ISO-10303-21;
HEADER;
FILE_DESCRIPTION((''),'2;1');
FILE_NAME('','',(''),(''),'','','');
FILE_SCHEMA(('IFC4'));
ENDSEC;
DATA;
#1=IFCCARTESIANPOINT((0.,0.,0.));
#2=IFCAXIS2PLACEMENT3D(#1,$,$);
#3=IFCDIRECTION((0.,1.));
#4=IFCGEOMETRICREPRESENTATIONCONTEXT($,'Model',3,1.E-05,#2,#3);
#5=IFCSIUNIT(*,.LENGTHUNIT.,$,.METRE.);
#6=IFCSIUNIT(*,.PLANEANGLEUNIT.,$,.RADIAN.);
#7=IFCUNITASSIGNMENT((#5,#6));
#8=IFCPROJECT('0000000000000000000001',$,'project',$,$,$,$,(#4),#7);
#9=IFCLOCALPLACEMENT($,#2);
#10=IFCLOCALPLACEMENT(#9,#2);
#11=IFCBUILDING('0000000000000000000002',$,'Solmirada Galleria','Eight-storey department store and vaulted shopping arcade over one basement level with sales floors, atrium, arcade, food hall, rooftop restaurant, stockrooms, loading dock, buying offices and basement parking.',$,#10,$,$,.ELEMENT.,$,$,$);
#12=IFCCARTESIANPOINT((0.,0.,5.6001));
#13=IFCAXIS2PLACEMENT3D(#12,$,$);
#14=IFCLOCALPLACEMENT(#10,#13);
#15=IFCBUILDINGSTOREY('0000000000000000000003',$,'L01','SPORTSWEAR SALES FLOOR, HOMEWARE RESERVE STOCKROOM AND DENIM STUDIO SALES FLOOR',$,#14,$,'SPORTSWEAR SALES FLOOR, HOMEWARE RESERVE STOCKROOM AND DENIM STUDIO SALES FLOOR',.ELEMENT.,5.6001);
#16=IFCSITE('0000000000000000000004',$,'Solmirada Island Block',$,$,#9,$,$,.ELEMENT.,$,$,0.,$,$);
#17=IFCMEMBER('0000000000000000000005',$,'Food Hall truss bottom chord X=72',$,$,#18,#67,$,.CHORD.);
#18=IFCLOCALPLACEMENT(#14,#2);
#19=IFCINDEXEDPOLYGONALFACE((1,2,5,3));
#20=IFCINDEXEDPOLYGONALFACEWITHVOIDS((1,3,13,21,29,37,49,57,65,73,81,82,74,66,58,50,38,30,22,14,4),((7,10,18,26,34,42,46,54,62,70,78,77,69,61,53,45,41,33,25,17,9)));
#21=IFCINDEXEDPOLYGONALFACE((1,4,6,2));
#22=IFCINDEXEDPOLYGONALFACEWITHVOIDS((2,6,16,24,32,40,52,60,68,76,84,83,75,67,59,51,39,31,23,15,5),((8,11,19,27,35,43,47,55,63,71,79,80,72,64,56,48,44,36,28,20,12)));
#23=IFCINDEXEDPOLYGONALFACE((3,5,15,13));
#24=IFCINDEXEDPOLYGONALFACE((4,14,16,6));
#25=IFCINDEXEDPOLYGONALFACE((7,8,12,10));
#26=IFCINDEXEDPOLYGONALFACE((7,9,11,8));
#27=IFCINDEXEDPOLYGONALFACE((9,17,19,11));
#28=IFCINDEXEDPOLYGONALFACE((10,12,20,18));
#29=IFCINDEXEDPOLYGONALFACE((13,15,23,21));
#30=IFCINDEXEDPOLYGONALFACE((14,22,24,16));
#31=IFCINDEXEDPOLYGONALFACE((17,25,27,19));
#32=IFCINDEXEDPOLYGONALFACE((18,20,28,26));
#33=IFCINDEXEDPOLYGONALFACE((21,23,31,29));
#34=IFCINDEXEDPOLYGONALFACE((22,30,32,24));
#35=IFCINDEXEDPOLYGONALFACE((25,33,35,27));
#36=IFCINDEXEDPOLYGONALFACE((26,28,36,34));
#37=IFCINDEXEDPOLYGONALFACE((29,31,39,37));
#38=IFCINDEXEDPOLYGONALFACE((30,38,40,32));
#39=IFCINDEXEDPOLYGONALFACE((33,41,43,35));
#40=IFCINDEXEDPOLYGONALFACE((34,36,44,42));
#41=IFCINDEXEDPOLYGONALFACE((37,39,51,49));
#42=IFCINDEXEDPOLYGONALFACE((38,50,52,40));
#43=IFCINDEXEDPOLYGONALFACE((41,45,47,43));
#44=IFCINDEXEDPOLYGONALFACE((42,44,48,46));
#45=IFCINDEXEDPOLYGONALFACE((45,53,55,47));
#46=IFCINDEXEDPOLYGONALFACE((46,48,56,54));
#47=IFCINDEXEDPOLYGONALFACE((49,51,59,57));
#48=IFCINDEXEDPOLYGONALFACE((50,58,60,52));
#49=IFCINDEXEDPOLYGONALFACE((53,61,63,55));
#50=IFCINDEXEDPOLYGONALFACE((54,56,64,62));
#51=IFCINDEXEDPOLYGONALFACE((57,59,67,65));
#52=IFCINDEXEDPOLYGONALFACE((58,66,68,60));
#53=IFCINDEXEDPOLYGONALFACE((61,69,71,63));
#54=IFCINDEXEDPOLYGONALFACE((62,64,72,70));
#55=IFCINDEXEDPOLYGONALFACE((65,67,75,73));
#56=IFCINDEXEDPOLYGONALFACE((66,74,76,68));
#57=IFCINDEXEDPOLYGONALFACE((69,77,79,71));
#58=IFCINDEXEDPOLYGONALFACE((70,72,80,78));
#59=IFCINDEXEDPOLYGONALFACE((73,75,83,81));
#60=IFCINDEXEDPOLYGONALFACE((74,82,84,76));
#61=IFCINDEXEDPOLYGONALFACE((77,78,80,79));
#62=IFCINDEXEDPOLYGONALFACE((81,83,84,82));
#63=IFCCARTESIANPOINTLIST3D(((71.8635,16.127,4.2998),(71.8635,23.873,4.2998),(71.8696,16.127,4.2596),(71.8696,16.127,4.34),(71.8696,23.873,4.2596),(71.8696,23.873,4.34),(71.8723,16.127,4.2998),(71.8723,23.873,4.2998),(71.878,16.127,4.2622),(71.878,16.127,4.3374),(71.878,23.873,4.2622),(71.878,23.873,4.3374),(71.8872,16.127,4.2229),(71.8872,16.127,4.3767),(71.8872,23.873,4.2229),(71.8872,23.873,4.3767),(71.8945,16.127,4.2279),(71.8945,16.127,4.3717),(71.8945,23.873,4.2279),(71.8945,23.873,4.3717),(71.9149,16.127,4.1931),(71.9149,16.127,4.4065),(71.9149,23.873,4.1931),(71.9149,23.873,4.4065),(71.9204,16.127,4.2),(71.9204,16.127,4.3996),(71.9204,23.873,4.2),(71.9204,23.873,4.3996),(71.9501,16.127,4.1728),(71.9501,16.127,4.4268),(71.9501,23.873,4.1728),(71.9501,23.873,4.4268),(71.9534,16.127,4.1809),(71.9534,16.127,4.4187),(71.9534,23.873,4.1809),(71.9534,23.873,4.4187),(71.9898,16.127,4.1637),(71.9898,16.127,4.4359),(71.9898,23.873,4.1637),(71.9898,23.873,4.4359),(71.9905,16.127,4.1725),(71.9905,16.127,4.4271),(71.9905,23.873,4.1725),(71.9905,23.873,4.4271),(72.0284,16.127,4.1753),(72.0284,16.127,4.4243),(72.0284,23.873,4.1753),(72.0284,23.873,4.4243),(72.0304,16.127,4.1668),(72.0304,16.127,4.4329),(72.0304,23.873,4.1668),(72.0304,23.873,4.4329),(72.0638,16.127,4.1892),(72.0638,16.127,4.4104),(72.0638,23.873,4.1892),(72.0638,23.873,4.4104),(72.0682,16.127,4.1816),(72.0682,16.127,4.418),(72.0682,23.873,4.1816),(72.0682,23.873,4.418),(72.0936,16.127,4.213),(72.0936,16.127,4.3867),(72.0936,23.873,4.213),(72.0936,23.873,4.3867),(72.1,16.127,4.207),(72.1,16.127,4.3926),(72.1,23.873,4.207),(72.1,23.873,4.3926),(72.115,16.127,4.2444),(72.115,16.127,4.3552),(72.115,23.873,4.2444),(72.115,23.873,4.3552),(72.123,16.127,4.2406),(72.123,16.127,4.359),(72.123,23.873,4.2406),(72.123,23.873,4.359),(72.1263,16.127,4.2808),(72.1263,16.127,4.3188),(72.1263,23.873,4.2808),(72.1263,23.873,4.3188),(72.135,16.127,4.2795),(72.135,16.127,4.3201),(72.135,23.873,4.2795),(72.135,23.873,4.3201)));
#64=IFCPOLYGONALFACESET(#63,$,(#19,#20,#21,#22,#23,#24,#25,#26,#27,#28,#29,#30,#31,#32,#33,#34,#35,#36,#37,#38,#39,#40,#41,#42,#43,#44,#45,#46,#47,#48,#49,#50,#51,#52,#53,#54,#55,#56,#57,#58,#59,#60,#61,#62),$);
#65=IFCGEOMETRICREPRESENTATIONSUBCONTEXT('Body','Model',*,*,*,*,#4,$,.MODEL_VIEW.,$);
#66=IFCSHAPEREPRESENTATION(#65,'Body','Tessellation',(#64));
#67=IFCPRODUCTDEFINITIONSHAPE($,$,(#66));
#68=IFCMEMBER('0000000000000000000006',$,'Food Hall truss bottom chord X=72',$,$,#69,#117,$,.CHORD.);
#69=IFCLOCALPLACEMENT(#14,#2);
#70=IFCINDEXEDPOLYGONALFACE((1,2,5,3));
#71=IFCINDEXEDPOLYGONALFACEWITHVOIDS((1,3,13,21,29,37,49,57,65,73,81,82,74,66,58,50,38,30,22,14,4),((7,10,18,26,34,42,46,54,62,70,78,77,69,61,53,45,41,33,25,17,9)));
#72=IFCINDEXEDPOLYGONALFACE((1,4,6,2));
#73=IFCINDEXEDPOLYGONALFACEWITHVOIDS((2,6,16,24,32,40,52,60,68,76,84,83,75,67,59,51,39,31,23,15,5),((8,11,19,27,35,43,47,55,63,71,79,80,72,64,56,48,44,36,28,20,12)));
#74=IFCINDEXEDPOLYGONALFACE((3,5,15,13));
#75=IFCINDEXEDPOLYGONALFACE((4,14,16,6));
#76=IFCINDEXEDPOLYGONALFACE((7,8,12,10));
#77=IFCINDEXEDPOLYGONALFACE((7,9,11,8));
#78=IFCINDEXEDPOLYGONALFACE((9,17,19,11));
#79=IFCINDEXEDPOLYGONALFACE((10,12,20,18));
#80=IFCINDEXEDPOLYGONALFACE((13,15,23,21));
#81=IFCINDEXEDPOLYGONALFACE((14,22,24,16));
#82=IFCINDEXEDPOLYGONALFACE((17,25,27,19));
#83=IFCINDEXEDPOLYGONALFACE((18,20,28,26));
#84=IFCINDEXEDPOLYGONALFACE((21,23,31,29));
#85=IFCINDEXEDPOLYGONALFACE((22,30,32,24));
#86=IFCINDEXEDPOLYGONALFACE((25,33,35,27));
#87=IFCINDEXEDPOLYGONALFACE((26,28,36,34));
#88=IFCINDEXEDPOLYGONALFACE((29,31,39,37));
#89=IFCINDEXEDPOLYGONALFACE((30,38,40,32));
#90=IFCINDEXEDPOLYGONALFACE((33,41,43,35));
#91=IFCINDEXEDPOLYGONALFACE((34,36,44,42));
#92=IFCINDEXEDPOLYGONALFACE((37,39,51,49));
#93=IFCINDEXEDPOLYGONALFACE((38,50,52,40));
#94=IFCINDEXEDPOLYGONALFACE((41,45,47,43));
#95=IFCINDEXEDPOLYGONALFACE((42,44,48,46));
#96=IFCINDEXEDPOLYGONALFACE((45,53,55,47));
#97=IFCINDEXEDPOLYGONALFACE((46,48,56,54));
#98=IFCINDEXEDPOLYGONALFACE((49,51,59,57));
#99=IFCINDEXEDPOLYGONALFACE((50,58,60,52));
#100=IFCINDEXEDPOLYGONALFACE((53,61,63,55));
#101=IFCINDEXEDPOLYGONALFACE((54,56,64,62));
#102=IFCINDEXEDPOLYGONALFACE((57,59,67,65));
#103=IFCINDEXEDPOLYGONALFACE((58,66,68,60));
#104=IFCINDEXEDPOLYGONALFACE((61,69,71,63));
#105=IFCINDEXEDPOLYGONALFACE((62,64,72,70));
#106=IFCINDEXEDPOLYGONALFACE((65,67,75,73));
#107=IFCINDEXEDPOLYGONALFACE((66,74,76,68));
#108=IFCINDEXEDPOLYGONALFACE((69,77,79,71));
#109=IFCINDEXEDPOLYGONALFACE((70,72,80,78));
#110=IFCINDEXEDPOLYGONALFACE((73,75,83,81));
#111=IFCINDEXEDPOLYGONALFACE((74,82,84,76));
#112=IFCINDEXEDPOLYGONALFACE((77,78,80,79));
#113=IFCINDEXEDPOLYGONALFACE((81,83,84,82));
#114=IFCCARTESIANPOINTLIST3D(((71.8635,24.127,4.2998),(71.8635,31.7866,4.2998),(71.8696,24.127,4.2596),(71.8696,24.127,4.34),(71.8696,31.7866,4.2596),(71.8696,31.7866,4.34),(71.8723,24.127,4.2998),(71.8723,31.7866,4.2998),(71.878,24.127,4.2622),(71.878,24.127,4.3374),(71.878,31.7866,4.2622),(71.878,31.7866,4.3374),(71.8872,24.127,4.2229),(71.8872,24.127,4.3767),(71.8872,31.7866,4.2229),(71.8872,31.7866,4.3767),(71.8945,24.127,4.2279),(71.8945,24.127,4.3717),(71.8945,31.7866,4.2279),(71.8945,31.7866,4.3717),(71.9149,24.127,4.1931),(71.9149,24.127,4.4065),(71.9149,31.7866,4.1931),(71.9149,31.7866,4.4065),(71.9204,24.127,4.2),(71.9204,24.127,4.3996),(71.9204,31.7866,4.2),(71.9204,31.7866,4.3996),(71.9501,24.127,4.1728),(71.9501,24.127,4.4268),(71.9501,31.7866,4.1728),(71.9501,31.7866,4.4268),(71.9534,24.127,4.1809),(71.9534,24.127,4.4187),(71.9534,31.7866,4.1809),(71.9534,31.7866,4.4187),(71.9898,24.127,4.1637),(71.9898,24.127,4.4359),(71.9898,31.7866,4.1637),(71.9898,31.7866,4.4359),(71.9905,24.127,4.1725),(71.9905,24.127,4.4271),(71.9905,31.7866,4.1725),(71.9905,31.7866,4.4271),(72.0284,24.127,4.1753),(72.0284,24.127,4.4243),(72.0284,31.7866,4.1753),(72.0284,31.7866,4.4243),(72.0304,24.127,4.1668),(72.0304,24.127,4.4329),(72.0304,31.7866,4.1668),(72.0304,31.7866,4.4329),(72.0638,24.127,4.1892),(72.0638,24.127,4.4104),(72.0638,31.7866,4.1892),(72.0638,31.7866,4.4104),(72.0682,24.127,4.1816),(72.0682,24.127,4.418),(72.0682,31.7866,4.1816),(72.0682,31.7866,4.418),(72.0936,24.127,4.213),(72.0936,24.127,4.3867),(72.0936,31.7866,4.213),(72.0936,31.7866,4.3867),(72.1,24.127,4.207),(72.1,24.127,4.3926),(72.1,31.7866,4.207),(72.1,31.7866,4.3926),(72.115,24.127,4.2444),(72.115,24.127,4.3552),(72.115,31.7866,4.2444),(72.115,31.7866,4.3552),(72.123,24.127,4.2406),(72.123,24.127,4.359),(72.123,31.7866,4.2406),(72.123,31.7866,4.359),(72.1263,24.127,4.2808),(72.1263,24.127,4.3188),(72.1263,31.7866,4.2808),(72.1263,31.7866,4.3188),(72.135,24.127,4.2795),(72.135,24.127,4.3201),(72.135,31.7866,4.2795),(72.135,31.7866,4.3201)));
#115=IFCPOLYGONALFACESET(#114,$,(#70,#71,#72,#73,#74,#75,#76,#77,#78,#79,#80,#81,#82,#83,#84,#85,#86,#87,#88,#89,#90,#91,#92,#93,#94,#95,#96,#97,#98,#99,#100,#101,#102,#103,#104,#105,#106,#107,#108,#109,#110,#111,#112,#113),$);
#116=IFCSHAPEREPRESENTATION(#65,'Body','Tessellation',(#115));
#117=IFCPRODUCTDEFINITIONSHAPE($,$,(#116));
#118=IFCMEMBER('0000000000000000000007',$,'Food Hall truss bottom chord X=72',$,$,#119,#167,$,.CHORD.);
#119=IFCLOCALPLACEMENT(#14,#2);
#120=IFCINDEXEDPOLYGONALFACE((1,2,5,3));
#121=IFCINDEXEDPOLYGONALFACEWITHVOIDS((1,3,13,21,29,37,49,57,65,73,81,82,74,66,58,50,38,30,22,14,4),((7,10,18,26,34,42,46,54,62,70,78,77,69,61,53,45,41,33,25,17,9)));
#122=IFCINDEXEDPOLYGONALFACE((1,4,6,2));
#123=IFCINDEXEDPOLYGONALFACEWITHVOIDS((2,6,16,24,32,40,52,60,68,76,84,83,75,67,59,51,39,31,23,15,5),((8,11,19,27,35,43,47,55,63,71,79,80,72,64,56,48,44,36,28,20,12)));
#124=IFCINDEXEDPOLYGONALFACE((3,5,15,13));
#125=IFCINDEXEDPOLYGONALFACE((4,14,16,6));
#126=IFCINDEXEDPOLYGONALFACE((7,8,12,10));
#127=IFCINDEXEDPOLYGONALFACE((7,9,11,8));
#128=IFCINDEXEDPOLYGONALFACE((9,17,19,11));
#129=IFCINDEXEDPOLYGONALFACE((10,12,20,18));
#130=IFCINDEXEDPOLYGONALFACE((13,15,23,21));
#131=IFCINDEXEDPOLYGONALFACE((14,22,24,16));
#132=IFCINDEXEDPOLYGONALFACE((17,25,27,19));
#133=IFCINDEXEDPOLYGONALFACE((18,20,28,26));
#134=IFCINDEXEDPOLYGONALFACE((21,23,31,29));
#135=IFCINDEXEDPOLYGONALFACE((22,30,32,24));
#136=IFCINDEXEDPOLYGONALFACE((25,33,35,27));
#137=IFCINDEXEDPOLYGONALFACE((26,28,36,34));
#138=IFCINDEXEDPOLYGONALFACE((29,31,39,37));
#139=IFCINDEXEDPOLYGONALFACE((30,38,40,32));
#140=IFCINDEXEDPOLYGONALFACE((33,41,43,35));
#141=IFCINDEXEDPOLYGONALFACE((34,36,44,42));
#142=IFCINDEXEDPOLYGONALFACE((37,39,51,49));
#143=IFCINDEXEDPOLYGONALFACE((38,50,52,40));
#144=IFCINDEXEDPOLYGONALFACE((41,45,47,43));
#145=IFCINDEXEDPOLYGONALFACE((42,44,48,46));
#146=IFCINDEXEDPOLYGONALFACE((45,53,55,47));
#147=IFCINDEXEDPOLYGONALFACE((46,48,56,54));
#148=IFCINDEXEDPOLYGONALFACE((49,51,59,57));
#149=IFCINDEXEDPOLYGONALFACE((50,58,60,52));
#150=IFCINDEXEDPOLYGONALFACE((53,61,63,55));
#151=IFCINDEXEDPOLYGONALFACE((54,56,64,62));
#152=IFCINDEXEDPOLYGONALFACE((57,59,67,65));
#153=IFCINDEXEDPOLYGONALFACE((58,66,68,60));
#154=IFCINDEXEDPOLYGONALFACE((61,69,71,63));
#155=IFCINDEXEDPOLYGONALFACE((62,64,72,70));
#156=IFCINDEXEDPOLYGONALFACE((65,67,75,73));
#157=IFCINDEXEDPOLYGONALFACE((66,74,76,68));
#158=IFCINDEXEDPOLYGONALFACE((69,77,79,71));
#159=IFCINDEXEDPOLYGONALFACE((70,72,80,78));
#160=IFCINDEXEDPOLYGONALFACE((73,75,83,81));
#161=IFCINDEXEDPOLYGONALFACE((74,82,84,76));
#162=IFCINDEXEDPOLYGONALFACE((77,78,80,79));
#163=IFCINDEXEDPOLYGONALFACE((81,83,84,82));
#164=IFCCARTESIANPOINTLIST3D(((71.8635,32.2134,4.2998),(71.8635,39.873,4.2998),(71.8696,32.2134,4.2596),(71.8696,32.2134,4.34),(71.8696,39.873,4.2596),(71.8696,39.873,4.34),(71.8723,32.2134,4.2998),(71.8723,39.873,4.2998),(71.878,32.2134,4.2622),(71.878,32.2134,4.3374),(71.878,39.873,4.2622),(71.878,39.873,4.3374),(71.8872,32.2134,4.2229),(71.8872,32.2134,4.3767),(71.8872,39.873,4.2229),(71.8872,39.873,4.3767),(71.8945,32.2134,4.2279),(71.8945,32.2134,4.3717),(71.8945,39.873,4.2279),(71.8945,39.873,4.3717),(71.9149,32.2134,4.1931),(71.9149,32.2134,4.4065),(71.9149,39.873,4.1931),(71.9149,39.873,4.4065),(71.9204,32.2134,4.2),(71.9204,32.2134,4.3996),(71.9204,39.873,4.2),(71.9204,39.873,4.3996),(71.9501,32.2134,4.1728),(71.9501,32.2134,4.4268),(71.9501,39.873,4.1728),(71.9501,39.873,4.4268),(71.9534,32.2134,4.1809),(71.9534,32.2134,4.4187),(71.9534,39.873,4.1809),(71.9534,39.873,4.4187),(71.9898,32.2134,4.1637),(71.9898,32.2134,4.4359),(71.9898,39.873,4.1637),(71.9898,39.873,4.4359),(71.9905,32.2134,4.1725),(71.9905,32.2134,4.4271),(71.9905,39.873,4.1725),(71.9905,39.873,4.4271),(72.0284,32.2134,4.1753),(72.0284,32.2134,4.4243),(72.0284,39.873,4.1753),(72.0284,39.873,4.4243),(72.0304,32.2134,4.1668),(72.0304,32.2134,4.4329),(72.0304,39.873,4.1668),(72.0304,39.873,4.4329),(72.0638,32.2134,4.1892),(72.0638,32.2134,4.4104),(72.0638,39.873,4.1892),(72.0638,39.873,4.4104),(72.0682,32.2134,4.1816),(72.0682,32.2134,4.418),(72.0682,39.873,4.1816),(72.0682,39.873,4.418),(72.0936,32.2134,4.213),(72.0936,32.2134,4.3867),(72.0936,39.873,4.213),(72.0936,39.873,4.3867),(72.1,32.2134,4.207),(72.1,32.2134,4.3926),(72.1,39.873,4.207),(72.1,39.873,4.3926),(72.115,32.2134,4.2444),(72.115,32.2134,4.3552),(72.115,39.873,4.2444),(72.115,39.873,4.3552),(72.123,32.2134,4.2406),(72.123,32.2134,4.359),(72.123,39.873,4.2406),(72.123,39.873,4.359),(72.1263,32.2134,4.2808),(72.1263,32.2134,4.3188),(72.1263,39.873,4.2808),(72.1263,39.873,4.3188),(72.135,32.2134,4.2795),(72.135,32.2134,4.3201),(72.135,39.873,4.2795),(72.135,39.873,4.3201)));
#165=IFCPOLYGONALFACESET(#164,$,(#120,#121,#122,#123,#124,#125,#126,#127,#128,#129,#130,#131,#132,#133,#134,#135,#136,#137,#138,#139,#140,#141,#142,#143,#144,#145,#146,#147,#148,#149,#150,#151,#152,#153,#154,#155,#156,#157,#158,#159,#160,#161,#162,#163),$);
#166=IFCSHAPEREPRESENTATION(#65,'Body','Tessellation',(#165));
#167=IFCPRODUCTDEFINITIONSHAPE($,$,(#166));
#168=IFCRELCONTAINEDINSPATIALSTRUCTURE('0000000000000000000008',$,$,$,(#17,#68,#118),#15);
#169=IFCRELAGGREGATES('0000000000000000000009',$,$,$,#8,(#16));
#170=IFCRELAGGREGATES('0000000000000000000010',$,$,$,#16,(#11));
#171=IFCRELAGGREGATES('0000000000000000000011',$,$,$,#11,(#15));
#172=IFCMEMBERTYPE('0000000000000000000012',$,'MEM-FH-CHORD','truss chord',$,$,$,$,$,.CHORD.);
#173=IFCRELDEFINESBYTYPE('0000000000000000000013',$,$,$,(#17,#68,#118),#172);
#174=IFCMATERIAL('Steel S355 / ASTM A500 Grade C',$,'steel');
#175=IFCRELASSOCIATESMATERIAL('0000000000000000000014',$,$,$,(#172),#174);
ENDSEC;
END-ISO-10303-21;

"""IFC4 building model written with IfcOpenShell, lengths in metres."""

from ifc_helpers import new_model, si_unit, direction, frame, origin, origin_2d, place, context, subcontext, project, spatial, hollow_circle, extrude, material, material_profile, profile_set, type_object, element, save


model = new_model("IFC4")

# Units and contexts
model_context = context("Model", 3, precision=1e-05, world=origin(), true_north=direction((0.0, 1.0)))
body_context = subcontext(model_context, "Body", "Model", "MODEL_VIEW")
ifc_project = project(units=[si_unit("LENGTHUNIT", "METRE"), si_unit("PLANEANGLEUNIT", "RADIAN")], contexts=[model_context])

# Site, building, storey
site_placement = place(None, origin())
site = spatial("IfcSite", under=ifc_project, at=site_placement, Name="Solmirada Island Block", CompositionType="ELEMENT", RefElevation=0.0)
building_placement = place(site_placement, origin())
building = spatial("IfcBuilding", under=site, at=building_placement, Name="Solmirada Galleria", Description="Eight-storey department store and vaulted shopping arcade over one basement level with sales floors, atrium, arcade, food hall, rooftop restaurant, stockrooms, loading dock, buying offices and basement parking.", CompositionType="ELEMENT")
storey_placement = place(building_placement, frame((0.0, 0.0, 5.6001)))
storey = spatial("IfcBuildingStorey", under=building, at=storey_placement, Name="L01", Description="SPORTSWEAR SALES FLOOR, HOMEWARE RESERVE STOCKROOM AND DENIM STUDIO SALES FLOOR", LongName="SPORTSWEAR SALES FLOOR, HOMEWARE RESERVE STOCKROOM AND DENIM STUDIO SALES FLOOR", CompositionType="ELEMENT", Elevation=5.6001)

# Shared definitions
ifc_material_1 = material(Name="Steel S355 / ASTM A500 Grade C", Category="steel")

# Members
ifc_material_profile_1 = material_profile(ifc_material_1, hollow_circle(Radius=0.1365, WallThickness=0.0088, at=origin_2d()), Name="HSS10.750X0.375")
ifc_profile_set_1 = profile_set([ifc_material_profile_1], Name="Steel S355 / ASTM A500 Grade C")
member_type_1 = type_object("IfcMemberType", Name="MEM-FH-CHORD", Description="truss chord", PredefinedType="CHORD", material=ifc_profile_set_1)
member_1_placement = place(storey_placement, frame((72.0, 16.127, 4.2998), z_axis=(0.0, 1.0, 0.0), x_axis=(-1.0, 0.0, 0.0)))
element("IfcMember", 1, at=member_1_placement, inside=storey, type_object=member_type_1, Name="Food Hall truss bottom chord X=72", PredefinedType="CHORD", context=body_context, shape_type="SweptSolid", body=[
    extrude(hollow_circle(Radius=0.1365, WallThickness=0.0088, at=origin_2d()), origin(), (0.0, 0.0, 1.0), 7.7461),
])
for number, where, z_axis, x_axis, name in (
    (2, (72.0, 24.127, 4.2998), (0.0, 1.0, 0.0), (-1.0, 0.0, 0.0), "Food Hall truss bottom chord X=72"),
    (3, (72.0, 32.2134, 4.2998), (0.0, 1.0, 0.0), (-1.0, 0.0, 0.0), "Food Hall truss bottom chord X=72"),
):
    element("IfcMember", number, at=place(storey_placement, frame(where, z_axis=z_axis, x_axis=x_axis)), inside=storey, type_object=member_type_1, Name=name, PredefinedType="CHORD", context=body_context, shape_type="SweptSolid", body=[
        extrude(hollow_circle(Radius=0.1365, WallThickness=0.0088, at=origin_2d()), origin(), (0.0, 0.0, 1.0), 7.6597),
    ])

save(model, "model.ifc")
